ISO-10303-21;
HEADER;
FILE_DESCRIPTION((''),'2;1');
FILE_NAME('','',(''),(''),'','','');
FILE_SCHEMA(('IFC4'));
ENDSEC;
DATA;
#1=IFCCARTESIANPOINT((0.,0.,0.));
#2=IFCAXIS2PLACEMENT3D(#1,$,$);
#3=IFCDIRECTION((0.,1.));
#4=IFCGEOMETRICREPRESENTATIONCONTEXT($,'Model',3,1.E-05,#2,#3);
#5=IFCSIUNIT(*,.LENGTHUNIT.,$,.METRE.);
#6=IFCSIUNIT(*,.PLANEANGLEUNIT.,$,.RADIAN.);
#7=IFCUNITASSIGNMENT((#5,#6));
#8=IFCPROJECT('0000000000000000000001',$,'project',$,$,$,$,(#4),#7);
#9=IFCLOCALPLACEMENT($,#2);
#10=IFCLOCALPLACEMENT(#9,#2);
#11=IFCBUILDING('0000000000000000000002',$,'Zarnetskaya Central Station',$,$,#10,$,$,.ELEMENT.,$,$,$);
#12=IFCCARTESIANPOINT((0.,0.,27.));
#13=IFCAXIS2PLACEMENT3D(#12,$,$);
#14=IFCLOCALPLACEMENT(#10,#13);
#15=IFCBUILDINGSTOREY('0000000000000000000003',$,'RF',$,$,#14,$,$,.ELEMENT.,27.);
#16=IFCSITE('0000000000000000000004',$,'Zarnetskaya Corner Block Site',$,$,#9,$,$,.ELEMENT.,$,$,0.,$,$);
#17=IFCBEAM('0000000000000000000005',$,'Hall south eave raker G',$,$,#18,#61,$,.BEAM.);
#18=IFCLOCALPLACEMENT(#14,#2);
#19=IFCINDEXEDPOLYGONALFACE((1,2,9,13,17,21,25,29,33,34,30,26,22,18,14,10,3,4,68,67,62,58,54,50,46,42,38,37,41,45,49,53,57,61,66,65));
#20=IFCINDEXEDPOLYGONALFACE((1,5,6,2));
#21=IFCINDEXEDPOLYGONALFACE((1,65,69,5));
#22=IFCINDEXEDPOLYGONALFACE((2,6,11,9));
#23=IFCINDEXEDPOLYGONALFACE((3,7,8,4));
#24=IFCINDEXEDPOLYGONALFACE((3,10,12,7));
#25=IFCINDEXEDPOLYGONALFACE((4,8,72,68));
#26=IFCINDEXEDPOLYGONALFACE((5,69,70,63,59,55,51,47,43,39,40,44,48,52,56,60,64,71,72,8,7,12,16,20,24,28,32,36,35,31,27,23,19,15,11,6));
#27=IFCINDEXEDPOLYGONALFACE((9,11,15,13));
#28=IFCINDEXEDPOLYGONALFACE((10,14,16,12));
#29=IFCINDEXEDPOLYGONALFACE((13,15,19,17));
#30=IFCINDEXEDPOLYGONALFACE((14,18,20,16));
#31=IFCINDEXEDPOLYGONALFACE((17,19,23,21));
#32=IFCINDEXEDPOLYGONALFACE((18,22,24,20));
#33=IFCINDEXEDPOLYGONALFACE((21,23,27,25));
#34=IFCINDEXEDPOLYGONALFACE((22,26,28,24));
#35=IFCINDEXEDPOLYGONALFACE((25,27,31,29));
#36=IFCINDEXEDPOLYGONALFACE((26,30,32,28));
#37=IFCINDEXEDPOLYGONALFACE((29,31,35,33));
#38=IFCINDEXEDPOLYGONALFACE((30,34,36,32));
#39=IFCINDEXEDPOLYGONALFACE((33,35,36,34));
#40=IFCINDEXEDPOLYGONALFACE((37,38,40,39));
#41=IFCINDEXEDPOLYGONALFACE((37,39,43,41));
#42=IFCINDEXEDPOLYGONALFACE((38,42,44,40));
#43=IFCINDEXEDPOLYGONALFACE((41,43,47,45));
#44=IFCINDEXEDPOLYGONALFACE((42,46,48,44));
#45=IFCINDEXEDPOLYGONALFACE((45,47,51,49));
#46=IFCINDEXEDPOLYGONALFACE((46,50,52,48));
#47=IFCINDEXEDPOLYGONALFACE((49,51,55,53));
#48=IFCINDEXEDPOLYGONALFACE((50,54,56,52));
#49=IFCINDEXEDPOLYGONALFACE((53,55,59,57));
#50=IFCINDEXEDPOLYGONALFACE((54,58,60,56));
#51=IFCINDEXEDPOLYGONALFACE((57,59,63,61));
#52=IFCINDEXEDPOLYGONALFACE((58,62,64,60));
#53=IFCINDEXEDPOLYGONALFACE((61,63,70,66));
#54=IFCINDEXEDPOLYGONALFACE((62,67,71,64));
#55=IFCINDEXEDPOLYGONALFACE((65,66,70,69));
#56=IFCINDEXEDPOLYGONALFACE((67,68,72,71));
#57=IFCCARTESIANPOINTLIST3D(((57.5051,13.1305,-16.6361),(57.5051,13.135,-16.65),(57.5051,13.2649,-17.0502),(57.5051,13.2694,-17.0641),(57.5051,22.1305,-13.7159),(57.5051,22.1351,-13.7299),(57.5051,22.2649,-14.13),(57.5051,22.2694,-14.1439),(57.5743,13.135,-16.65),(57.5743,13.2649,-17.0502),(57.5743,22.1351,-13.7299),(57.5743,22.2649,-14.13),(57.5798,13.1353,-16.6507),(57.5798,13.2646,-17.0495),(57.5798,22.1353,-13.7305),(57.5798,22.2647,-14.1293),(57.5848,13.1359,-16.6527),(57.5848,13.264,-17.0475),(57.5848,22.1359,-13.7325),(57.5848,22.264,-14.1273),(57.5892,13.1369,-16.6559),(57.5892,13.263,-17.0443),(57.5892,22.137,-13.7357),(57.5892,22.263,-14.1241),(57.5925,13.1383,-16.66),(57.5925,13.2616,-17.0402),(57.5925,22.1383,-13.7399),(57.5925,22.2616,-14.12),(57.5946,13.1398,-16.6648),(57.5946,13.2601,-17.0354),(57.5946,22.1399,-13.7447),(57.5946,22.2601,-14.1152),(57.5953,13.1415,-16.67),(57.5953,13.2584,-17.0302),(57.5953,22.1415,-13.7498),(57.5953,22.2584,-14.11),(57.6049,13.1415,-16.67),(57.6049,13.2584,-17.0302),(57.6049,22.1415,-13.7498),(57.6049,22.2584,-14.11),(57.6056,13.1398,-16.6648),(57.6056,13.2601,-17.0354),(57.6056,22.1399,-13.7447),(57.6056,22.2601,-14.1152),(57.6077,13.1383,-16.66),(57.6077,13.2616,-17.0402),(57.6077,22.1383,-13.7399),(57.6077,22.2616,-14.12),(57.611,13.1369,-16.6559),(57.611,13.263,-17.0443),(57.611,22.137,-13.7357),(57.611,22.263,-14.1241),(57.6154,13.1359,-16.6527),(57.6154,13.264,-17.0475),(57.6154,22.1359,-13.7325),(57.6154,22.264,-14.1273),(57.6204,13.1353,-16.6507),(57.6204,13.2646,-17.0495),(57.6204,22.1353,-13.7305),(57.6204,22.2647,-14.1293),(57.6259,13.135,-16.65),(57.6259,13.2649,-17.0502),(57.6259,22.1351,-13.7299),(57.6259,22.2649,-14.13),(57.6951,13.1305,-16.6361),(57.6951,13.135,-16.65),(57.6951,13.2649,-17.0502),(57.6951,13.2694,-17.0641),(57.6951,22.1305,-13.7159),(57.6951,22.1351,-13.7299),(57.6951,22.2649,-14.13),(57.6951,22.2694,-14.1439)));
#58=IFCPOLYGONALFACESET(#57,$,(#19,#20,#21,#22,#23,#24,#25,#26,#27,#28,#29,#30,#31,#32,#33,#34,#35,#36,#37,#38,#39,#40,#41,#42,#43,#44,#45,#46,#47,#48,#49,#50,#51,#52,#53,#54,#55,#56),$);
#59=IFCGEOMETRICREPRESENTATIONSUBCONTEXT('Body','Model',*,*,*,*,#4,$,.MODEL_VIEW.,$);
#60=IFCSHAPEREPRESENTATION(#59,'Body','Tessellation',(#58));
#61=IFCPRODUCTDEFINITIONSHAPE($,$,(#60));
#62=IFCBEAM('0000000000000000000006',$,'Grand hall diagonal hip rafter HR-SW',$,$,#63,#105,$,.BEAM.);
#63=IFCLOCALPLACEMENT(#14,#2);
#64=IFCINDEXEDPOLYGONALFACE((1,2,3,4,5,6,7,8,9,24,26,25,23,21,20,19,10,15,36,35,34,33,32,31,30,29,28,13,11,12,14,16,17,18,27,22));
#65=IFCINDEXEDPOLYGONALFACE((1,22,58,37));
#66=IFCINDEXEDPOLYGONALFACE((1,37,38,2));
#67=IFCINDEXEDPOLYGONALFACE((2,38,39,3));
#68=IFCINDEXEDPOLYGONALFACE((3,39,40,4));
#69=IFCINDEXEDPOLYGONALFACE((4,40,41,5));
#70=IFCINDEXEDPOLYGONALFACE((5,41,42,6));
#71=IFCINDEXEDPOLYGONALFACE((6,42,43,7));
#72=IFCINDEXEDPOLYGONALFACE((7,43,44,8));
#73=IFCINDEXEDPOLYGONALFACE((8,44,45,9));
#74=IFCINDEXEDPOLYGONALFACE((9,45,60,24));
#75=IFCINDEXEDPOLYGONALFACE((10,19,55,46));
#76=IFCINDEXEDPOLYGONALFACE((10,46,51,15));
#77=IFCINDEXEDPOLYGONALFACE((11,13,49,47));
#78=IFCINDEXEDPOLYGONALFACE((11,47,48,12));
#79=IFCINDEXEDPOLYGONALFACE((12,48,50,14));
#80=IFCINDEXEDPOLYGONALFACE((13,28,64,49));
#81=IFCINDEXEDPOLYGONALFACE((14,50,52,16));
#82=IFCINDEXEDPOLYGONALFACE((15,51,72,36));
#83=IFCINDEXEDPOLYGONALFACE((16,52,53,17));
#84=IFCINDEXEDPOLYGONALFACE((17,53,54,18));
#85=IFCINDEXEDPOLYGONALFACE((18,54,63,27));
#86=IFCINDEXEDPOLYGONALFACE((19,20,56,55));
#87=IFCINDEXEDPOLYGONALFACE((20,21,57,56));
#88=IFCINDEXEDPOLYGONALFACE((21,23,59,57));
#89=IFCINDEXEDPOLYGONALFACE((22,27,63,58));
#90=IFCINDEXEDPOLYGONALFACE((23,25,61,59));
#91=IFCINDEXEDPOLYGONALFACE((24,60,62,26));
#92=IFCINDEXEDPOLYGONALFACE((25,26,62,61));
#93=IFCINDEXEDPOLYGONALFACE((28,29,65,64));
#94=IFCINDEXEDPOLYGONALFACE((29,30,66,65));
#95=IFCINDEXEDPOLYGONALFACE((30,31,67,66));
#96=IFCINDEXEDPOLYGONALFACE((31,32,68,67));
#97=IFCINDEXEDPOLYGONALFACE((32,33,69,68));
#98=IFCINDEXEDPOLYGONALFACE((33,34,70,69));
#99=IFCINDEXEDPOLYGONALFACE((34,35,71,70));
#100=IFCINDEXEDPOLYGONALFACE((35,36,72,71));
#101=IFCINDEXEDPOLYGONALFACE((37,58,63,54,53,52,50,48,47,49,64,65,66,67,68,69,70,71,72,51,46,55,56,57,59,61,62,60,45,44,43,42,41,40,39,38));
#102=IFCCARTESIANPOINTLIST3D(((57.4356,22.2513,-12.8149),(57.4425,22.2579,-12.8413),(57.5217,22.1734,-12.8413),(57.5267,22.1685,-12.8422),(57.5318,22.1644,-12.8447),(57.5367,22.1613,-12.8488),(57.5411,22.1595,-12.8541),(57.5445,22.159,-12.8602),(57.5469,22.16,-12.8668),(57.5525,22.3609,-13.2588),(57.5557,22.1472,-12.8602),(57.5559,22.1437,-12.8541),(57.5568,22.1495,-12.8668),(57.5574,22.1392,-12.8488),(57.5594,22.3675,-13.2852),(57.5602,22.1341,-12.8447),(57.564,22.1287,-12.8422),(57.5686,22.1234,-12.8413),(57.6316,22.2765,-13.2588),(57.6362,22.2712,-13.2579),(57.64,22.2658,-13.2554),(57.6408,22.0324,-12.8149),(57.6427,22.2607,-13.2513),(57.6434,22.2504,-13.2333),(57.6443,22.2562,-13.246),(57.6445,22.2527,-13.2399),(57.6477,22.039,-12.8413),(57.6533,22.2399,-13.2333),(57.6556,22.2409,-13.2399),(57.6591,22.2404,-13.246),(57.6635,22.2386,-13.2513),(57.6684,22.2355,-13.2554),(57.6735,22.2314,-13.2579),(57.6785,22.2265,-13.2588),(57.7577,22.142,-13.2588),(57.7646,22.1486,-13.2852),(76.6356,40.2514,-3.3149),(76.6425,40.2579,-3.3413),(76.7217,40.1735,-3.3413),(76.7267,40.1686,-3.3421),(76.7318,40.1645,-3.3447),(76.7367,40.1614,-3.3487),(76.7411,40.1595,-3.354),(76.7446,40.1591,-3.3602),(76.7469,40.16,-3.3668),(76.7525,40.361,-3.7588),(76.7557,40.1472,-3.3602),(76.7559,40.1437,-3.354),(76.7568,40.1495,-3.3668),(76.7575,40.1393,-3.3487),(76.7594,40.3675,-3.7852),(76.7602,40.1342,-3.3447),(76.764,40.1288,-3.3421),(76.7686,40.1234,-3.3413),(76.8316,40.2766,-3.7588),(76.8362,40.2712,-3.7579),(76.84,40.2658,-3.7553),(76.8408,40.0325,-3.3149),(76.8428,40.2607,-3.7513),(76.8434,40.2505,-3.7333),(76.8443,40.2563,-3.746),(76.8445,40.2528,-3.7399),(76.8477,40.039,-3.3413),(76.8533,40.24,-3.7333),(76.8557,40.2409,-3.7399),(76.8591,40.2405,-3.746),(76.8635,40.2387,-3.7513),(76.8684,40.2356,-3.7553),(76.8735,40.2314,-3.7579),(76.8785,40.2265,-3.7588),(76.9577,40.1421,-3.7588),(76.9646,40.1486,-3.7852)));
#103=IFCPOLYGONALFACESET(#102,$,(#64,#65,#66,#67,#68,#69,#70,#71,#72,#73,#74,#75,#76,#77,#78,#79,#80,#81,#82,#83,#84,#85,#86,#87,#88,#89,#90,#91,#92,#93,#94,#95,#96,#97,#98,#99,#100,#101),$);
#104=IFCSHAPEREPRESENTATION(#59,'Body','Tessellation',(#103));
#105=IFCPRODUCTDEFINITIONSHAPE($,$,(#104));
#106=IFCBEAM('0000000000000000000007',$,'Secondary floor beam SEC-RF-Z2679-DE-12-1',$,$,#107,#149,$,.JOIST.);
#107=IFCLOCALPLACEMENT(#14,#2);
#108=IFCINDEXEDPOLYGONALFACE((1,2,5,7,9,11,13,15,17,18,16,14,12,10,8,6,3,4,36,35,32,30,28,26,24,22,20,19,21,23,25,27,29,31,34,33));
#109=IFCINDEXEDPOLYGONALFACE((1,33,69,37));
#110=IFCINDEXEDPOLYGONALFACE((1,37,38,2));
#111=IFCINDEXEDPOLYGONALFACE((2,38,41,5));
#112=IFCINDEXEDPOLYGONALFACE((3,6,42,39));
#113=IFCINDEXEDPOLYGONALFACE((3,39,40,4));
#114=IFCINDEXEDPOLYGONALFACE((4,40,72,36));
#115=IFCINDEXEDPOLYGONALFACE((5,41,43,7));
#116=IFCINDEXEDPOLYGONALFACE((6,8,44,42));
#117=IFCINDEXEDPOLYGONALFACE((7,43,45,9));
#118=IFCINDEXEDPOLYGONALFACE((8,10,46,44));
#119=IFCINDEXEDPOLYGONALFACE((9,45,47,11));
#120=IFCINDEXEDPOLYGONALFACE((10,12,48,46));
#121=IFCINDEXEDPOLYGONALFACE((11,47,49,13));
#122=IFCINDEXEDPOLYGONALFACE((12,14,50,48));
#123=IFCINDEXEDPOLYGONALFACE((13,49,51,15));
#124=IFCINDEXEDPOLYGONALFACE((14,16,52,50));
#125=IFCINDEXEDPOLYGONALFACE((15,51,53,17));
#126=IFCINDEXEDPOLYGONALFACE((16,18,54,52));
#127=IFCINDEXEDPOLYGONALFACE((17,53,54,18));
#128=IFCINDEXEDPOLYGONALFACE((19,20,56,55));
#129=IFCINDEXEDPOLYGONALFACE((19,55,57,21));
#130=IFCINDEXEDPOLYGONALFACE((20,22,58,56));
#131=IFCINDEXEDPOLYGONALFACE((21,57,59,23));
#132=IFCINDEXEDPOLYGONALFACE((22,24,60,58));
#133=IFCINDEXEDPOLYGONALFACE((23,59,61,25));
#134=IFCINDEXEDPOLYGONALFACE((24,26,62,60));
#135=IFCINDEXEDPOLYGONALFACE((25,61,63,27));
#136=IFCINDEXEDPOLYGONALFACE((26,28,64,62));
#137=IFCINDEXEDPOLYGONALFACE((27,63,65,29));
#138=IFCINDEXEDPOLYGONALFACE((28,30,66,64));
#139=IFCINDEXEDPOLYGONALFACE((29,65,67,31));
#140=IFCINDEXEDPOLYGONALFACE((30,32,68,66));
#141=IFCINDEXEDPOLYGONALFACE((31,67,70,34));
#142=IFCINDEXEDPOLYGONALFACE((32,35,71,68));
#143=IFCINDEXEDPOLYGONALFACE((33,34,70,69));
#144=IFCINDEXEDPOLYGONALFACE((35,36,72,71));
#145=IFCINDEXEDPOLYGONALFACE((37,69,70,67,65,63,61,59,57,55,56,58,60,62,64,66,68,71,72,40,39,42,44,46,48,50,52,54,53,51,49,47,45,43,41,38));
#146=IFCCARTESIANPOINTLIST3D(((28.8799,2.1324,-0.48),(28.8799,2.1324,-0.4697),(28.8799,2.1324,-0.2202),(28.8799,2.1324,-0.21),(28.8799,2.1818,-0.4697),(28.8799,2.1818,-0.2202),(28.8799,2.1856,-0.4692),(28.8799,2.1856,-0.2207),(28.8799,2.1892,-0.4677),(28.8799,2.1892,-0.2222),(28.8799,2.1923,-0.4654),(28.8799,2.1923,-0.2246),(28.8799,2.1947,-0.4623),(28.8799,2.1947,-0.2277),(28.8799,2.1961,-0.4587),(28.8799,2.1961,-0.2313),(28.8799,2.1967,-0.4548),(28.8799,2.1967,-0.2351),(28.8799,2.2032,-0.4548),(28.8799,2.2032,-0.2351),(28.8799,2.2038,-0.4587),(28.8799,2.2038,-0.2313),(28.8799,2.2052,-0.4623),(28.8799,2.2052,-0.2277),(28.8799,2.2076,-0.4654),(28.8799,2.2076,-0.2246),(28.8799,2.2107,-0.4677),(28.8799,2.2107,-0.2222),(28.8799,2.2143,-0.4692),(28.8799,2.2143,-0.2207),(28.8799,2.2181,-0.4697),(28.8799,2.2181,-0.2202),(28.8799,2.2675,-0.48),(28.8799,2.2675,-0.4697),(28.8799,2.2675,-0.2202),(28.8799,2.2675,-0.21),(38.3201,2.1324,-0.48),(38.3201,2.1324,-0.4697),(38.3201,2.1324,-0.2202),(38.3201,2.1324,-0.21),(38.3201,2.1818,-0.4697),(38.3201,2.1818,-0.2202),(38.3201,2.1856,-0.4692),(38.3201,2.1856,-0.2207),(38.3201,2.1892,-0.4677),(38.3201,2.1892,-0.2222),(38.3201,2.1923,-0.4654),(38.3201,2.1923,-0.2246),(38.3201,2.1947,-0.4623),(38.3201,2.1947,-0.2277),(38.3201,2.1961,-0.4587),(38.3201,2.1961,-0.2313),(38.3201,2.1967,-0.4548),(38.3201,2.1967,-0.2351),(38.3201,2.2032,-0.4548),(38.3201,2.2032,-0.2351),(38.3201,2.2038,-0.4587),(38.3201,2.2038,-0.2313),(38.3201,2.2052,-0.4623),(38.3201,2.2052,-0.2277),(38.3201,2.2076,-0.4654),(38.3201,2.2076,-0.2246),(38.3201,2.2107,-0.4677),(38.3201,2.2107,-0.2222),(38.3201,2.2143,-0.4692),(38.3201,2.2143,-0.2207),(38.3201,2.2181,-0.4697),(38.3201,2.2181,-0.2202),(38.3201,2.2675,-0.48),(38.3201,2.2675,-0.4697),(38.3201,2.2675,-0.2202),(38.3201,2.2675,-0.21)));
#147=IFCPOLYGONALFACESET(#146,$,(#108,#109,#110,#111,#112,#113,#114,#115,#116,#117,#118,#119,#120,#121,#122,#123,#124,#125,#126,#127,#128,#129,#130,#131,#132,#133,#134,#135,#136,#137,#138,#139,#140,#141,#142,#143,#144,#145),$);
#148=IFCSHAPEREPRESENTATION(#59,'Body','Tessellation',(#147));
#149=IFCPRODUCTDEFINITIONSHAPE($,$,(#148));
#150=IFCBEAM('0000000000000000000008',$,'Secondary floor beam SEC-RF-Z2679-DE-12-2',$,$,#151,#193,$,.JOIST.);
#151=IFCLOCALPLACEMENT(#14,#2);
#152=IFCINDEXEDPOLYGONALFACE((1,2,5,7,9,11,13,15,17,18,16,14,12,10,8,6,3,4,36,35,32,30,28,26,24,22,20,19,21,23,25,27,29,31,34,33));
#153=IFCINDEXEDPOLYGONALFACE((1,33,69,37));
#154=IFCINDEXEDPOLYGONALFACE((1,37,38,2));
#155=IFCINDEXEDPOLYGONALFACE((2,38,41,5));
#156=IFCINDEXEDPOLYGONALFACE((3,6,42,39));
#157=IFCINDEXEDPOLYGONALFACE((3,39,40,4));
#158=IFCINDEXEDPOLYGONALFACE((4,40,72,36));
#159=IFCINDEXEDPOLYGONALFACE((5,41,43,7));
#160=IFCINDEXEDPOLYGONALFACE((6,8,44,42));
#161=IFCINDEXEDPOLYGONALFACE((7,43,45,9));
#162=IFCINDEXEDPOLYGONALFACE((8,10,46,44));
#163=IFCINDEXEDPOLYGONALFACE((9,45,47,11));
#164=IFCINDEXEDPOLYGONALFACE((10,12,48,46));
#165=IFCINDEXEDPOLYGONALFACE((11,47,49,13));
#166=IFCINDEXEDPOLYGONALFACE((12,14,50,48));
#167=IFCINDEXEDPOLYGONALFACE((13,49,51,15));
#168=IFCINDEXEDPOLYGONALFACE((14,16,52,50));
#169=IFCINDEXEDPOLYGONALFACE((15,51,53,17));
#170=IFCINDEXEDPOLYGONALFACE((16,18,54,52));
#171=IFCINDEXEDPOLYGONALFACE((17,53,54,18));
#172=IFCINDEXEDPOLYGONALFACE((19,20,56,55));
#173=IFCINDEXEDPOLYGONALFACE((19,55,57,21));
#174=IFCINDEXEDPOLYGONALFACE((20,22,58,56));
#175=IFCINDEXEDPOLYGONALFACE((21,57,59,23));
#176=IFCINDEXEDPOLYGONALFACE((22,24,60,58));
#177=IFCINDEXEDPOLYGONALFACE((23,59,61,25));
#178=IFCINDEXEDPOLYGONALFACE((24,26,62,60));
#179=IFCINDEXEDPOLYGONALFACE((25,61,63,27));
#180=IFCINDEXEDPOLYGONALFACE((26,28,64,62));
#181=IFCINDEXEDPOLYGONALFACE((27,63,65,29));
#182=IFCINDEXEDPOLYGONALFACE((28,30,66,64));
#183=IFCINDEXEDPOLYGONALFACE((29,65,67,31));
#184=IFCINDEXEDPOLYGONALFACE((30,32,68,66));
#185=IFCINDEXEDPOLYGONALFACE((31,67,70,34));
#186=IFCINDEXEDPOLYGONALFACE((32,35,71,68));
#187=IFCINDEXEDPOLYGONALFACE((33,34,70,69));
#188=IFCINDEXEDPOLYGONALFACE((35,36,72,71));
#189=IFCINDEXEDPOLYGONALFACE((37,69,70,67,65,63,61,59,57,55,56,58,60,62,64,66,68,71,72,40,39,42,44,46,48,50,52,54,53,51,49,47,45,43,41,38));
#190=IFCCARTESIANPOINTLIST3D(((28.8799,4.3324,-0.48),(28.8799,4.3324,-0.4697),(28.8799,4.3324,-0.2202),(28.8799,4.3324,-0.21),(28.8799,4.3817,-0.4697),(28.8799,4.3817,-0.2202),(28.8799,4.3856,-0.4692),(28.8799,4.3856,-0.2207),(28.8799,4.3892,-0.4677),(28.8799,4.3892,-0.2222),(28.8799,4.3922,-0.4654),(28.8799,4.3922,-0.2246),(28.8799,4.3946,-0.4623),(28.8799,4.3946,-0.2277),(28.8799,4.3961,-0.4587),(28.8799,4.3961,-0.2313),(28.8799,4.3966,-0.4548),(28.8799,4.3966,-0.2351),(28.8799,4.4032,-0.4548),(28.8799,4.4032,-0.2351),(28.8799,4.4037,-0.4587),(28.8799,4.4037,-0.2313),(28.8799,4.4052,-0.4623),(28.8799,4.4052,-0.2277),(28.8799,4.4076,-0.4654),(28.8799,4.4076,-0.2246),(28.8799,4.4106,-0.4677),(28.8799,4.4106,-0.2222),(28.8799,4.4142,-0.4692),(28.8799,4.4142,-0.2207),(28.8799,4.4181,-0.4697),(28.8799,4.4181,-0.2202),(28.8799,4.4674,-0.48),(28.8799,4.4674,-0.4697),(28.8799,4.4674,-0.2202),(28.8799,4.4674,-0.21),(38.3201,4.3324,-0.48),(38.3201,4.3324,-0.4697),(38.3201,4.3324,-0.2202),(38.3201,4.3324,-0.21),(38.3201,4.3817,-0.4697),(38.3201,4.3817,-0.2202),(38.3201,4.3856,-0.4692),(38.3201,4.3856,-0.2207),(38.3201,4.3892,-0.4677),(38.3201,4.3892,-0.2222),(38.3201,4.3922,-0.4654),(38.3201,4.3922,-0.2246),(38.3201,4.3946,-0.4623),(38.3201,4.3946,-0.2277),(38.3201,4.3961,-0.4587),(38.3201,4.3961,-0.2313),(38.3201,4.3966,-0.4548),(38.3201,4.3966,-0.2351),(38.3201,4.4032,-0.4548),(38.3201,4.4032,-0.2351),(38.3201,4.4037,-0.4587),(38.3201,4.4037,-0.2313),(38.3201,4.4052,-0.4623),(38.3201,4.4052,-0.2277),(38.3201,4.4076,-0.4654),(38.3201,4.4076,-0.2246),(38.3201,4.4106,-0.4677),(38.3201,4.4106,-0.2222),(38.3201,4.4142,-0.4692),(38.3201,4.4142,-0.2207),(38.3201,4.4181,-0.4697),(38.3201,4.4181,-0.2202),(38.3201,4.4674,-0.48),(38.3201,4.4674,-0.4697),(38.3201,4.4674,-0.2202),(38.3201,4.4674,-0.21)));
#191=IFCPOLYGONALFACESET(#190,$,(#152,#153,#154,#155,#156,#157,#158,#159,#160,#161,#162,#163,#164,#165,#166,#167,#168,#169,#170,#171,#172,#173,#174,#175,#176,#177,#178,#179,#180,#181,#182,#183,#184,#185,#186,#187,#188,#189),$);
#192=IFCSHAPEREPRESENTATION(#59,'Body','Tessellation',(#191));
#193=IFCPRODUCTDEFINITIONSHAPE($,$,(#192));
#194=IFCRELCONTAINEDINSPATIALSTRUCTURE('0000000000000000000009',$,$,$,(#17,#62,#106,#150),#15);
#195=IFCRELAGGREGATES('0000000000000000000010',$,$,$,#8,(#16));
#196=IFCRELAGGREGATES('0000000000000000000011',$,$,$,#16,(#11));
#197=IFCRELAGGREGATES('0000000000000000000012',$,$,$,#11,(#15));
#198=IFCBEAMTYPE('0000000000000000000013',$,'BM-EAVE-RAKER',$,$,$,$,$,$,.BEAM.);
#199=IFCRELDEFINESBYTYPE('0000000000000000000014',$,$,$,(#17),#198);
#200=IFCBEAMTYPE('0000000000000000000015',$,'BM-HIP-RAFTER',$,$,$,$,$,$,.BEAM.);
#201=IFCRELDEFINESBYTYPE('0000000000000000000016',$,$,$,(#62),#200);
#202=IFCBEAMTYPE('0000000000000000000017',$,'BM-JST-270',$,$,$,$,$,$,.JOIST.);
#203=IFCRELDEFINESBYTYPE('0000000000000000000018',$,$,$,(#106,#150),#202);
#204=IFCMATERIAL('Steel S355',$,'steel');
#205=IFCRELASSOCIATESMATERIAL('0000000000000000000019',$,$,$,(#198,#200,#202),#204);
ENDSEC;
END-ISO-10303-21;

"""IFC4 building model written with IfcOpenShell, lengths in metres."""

from ifc_helpers import new_model, si_unit, direction, frame, origin, origin_2d, place, context, subcontext, project, spatial, i_section, extrude, material, material_profile, profile_set, type_object, element, save


model = new_model("IFC4")

# Units and contexts
model_context = context("Model", 3, precision=1e-05, world=origin(), true_north=direction((0.0, 1.0)))
body_context = subcontext(model_context, "Body", "Model", "MODEL_VIEW")
ifc_project = project(units=[si_unit("LENGTHUNIT", "METRE"), si_unit("PLANEANGLEUNIT", "RADIAN")], contexts=[model_context])

# Site, building, storey
site_placement = place(None, origin())
site = spatial("IfcSite", under=ifc_project, at=site_placement, Name="Zarnetskaya Corner Block Site", CompositionType="ELEMENT", RefElevation=0.0)
building_placement = place(site_placement, origin())
building = spatial("IfcBuilding", under=site, at=building_placement, Name="Zarnetskaya Central Station", CompositionType="ELEMENT")
storey_placement = place(building_placement, frame((0.0, 0.0, 27.0)))
storey = spatial("IfcBuildingStorey", under=building, at=storey_placement, Name="RF", CompositionType="ELEMENT", Elevation=27.0)

# Beams
ifc_material_1 = material(Name="Steel S355", Category="steel")
ifc_material_profile_1 = material_profile(ifc_material_1, i_section(OverallWidth=0.1899, OverallDepth=0.45, WebThickness=0.0095, FlangeThickness=0.0146, FilletRadius=0.021, at=origin_2d()), Name="IPE 450")
ifc_profile_set_1 = profile_set([ifc_material_profile_1], Name="Steel S355")
beam_type_1 = type_object("IfcBeamType", Name="BM-EAVE-RAKER", PredefinedType="BEAM", material=ifc_profile_set_1)
beam_1_placement = place(storey_placement, frame((57.6001, 13.2, -16.8501), z_axis=(0.0, 0.951184, 0.308624), x_axis=(-1.0, 0.0, 0.0)))
element("IfcBeam", 1, at=beam_1_placement, inside=storey, type_object=beam_type_1, Name="Hall south eave raker G", PredefinedType="BEAM", context=body_context, shape_type="SweptSolid", body=[
    extrude(i_section(OverallWidth=0.1899, OverallDepth=0.45, WebThickness=0.0095, FlangeThickness=0.0146, FilletRadius=0.021, at=origin_2d()), origin(), (0.0, 0.0, 1.0), 9.4619),
])
ifc_material_profile_2 = material_profile(ifc_material_1, i_section(OverallWidth=0.3, OverallDepth=0.5, WebThickness=0.0144, FlangeThickness=0.0281, FilletRadius=0.0271, at=origin_2d()), Name="HEB 500")
ifc_profile_set_2 = profile_set([ifc_material_profile_2], Name="Steel S355")
beam_type_2 = type_object("IfcBeamType", Name="BM-HIP-RAFTER", PredefinedType="BEAM", material=ifc_profile_set_2)
beam_2_placement = place(storey_placement, frame((57.6001, 22.2, -13.05), z_axis=(0.686199, 0.643313, 0.339527), x_axis=(-0.683942, 0.729536, 0.0)))
element("IfcBeam", 2, at=beam_2_placement, inside=storey, type_object=beam_type_2, Name="Grand hall diagonal hip rafter HR-SW", PredefinedType="BEAM", context=body_context, shape_type="SweptSolid", body=[
    extrude(i_section(OverallWidth=0.3, OverallDepth=0.5, WebThickness=0.0144, FlangeThickness=0.0281, FilletRadius=0.0271, at=origin_2d()), origin(), (0.0, 0.0, 1.0), 27.9802),
])
ifc_material_profile_3 = material_profile(ifc_material_1, i_section(OverallWidth=0.135, OverallDepth=0.27, WebThickness=0.0066, FlangeThickness=0.0103, FilletRadius=0.0149, at=origin_2d()), Name="IPE 270")
ifc_profile_set_3 = profile_set([ifc_material_profile_3], Name="Steel S355")
beam_type_3 = type_object("IfcBeamType", Name="BM-JST-270", PredefinedType="JOIST", material=ifc_profile_set_3)
for number, where, z_axis, x_axis, name in (
    (3, (28.8799, 2.2, -0.345), (1.0, 0.0, 0.0), (0.0, 1.0, 0.0), "Secondary floor beam SEC-RF-Z2679-DE-12-1"),
    (4, (28.8799, 4.3999, -0.345), (1.0, 0.0, 0.0), (0.0, 1.0, 0.0), "Secondary floor beam SEC-RF-Z2679-DE-12-2"),
):
    element("IfcBeam", number, at=place(storey_placement, frame(where, z_axis=z_axis, x_axis=x_axis)), inside=storey, type_object=beam_type_3, Name=name, PredefinedType="JOIST", context=body_context, shape_type="SweptSolid", body=[
        extrude(i_section(OverallWidth=0.135, OverallDepth=0.27, WebThickness=0.0066, FlangeThickness=0.0103, FilletRadius=0.0149, at=origin_2d()), origin(), (0.0, 0.0, 1.0), 9.4402),
    ])

save(model, "model.ifc")
